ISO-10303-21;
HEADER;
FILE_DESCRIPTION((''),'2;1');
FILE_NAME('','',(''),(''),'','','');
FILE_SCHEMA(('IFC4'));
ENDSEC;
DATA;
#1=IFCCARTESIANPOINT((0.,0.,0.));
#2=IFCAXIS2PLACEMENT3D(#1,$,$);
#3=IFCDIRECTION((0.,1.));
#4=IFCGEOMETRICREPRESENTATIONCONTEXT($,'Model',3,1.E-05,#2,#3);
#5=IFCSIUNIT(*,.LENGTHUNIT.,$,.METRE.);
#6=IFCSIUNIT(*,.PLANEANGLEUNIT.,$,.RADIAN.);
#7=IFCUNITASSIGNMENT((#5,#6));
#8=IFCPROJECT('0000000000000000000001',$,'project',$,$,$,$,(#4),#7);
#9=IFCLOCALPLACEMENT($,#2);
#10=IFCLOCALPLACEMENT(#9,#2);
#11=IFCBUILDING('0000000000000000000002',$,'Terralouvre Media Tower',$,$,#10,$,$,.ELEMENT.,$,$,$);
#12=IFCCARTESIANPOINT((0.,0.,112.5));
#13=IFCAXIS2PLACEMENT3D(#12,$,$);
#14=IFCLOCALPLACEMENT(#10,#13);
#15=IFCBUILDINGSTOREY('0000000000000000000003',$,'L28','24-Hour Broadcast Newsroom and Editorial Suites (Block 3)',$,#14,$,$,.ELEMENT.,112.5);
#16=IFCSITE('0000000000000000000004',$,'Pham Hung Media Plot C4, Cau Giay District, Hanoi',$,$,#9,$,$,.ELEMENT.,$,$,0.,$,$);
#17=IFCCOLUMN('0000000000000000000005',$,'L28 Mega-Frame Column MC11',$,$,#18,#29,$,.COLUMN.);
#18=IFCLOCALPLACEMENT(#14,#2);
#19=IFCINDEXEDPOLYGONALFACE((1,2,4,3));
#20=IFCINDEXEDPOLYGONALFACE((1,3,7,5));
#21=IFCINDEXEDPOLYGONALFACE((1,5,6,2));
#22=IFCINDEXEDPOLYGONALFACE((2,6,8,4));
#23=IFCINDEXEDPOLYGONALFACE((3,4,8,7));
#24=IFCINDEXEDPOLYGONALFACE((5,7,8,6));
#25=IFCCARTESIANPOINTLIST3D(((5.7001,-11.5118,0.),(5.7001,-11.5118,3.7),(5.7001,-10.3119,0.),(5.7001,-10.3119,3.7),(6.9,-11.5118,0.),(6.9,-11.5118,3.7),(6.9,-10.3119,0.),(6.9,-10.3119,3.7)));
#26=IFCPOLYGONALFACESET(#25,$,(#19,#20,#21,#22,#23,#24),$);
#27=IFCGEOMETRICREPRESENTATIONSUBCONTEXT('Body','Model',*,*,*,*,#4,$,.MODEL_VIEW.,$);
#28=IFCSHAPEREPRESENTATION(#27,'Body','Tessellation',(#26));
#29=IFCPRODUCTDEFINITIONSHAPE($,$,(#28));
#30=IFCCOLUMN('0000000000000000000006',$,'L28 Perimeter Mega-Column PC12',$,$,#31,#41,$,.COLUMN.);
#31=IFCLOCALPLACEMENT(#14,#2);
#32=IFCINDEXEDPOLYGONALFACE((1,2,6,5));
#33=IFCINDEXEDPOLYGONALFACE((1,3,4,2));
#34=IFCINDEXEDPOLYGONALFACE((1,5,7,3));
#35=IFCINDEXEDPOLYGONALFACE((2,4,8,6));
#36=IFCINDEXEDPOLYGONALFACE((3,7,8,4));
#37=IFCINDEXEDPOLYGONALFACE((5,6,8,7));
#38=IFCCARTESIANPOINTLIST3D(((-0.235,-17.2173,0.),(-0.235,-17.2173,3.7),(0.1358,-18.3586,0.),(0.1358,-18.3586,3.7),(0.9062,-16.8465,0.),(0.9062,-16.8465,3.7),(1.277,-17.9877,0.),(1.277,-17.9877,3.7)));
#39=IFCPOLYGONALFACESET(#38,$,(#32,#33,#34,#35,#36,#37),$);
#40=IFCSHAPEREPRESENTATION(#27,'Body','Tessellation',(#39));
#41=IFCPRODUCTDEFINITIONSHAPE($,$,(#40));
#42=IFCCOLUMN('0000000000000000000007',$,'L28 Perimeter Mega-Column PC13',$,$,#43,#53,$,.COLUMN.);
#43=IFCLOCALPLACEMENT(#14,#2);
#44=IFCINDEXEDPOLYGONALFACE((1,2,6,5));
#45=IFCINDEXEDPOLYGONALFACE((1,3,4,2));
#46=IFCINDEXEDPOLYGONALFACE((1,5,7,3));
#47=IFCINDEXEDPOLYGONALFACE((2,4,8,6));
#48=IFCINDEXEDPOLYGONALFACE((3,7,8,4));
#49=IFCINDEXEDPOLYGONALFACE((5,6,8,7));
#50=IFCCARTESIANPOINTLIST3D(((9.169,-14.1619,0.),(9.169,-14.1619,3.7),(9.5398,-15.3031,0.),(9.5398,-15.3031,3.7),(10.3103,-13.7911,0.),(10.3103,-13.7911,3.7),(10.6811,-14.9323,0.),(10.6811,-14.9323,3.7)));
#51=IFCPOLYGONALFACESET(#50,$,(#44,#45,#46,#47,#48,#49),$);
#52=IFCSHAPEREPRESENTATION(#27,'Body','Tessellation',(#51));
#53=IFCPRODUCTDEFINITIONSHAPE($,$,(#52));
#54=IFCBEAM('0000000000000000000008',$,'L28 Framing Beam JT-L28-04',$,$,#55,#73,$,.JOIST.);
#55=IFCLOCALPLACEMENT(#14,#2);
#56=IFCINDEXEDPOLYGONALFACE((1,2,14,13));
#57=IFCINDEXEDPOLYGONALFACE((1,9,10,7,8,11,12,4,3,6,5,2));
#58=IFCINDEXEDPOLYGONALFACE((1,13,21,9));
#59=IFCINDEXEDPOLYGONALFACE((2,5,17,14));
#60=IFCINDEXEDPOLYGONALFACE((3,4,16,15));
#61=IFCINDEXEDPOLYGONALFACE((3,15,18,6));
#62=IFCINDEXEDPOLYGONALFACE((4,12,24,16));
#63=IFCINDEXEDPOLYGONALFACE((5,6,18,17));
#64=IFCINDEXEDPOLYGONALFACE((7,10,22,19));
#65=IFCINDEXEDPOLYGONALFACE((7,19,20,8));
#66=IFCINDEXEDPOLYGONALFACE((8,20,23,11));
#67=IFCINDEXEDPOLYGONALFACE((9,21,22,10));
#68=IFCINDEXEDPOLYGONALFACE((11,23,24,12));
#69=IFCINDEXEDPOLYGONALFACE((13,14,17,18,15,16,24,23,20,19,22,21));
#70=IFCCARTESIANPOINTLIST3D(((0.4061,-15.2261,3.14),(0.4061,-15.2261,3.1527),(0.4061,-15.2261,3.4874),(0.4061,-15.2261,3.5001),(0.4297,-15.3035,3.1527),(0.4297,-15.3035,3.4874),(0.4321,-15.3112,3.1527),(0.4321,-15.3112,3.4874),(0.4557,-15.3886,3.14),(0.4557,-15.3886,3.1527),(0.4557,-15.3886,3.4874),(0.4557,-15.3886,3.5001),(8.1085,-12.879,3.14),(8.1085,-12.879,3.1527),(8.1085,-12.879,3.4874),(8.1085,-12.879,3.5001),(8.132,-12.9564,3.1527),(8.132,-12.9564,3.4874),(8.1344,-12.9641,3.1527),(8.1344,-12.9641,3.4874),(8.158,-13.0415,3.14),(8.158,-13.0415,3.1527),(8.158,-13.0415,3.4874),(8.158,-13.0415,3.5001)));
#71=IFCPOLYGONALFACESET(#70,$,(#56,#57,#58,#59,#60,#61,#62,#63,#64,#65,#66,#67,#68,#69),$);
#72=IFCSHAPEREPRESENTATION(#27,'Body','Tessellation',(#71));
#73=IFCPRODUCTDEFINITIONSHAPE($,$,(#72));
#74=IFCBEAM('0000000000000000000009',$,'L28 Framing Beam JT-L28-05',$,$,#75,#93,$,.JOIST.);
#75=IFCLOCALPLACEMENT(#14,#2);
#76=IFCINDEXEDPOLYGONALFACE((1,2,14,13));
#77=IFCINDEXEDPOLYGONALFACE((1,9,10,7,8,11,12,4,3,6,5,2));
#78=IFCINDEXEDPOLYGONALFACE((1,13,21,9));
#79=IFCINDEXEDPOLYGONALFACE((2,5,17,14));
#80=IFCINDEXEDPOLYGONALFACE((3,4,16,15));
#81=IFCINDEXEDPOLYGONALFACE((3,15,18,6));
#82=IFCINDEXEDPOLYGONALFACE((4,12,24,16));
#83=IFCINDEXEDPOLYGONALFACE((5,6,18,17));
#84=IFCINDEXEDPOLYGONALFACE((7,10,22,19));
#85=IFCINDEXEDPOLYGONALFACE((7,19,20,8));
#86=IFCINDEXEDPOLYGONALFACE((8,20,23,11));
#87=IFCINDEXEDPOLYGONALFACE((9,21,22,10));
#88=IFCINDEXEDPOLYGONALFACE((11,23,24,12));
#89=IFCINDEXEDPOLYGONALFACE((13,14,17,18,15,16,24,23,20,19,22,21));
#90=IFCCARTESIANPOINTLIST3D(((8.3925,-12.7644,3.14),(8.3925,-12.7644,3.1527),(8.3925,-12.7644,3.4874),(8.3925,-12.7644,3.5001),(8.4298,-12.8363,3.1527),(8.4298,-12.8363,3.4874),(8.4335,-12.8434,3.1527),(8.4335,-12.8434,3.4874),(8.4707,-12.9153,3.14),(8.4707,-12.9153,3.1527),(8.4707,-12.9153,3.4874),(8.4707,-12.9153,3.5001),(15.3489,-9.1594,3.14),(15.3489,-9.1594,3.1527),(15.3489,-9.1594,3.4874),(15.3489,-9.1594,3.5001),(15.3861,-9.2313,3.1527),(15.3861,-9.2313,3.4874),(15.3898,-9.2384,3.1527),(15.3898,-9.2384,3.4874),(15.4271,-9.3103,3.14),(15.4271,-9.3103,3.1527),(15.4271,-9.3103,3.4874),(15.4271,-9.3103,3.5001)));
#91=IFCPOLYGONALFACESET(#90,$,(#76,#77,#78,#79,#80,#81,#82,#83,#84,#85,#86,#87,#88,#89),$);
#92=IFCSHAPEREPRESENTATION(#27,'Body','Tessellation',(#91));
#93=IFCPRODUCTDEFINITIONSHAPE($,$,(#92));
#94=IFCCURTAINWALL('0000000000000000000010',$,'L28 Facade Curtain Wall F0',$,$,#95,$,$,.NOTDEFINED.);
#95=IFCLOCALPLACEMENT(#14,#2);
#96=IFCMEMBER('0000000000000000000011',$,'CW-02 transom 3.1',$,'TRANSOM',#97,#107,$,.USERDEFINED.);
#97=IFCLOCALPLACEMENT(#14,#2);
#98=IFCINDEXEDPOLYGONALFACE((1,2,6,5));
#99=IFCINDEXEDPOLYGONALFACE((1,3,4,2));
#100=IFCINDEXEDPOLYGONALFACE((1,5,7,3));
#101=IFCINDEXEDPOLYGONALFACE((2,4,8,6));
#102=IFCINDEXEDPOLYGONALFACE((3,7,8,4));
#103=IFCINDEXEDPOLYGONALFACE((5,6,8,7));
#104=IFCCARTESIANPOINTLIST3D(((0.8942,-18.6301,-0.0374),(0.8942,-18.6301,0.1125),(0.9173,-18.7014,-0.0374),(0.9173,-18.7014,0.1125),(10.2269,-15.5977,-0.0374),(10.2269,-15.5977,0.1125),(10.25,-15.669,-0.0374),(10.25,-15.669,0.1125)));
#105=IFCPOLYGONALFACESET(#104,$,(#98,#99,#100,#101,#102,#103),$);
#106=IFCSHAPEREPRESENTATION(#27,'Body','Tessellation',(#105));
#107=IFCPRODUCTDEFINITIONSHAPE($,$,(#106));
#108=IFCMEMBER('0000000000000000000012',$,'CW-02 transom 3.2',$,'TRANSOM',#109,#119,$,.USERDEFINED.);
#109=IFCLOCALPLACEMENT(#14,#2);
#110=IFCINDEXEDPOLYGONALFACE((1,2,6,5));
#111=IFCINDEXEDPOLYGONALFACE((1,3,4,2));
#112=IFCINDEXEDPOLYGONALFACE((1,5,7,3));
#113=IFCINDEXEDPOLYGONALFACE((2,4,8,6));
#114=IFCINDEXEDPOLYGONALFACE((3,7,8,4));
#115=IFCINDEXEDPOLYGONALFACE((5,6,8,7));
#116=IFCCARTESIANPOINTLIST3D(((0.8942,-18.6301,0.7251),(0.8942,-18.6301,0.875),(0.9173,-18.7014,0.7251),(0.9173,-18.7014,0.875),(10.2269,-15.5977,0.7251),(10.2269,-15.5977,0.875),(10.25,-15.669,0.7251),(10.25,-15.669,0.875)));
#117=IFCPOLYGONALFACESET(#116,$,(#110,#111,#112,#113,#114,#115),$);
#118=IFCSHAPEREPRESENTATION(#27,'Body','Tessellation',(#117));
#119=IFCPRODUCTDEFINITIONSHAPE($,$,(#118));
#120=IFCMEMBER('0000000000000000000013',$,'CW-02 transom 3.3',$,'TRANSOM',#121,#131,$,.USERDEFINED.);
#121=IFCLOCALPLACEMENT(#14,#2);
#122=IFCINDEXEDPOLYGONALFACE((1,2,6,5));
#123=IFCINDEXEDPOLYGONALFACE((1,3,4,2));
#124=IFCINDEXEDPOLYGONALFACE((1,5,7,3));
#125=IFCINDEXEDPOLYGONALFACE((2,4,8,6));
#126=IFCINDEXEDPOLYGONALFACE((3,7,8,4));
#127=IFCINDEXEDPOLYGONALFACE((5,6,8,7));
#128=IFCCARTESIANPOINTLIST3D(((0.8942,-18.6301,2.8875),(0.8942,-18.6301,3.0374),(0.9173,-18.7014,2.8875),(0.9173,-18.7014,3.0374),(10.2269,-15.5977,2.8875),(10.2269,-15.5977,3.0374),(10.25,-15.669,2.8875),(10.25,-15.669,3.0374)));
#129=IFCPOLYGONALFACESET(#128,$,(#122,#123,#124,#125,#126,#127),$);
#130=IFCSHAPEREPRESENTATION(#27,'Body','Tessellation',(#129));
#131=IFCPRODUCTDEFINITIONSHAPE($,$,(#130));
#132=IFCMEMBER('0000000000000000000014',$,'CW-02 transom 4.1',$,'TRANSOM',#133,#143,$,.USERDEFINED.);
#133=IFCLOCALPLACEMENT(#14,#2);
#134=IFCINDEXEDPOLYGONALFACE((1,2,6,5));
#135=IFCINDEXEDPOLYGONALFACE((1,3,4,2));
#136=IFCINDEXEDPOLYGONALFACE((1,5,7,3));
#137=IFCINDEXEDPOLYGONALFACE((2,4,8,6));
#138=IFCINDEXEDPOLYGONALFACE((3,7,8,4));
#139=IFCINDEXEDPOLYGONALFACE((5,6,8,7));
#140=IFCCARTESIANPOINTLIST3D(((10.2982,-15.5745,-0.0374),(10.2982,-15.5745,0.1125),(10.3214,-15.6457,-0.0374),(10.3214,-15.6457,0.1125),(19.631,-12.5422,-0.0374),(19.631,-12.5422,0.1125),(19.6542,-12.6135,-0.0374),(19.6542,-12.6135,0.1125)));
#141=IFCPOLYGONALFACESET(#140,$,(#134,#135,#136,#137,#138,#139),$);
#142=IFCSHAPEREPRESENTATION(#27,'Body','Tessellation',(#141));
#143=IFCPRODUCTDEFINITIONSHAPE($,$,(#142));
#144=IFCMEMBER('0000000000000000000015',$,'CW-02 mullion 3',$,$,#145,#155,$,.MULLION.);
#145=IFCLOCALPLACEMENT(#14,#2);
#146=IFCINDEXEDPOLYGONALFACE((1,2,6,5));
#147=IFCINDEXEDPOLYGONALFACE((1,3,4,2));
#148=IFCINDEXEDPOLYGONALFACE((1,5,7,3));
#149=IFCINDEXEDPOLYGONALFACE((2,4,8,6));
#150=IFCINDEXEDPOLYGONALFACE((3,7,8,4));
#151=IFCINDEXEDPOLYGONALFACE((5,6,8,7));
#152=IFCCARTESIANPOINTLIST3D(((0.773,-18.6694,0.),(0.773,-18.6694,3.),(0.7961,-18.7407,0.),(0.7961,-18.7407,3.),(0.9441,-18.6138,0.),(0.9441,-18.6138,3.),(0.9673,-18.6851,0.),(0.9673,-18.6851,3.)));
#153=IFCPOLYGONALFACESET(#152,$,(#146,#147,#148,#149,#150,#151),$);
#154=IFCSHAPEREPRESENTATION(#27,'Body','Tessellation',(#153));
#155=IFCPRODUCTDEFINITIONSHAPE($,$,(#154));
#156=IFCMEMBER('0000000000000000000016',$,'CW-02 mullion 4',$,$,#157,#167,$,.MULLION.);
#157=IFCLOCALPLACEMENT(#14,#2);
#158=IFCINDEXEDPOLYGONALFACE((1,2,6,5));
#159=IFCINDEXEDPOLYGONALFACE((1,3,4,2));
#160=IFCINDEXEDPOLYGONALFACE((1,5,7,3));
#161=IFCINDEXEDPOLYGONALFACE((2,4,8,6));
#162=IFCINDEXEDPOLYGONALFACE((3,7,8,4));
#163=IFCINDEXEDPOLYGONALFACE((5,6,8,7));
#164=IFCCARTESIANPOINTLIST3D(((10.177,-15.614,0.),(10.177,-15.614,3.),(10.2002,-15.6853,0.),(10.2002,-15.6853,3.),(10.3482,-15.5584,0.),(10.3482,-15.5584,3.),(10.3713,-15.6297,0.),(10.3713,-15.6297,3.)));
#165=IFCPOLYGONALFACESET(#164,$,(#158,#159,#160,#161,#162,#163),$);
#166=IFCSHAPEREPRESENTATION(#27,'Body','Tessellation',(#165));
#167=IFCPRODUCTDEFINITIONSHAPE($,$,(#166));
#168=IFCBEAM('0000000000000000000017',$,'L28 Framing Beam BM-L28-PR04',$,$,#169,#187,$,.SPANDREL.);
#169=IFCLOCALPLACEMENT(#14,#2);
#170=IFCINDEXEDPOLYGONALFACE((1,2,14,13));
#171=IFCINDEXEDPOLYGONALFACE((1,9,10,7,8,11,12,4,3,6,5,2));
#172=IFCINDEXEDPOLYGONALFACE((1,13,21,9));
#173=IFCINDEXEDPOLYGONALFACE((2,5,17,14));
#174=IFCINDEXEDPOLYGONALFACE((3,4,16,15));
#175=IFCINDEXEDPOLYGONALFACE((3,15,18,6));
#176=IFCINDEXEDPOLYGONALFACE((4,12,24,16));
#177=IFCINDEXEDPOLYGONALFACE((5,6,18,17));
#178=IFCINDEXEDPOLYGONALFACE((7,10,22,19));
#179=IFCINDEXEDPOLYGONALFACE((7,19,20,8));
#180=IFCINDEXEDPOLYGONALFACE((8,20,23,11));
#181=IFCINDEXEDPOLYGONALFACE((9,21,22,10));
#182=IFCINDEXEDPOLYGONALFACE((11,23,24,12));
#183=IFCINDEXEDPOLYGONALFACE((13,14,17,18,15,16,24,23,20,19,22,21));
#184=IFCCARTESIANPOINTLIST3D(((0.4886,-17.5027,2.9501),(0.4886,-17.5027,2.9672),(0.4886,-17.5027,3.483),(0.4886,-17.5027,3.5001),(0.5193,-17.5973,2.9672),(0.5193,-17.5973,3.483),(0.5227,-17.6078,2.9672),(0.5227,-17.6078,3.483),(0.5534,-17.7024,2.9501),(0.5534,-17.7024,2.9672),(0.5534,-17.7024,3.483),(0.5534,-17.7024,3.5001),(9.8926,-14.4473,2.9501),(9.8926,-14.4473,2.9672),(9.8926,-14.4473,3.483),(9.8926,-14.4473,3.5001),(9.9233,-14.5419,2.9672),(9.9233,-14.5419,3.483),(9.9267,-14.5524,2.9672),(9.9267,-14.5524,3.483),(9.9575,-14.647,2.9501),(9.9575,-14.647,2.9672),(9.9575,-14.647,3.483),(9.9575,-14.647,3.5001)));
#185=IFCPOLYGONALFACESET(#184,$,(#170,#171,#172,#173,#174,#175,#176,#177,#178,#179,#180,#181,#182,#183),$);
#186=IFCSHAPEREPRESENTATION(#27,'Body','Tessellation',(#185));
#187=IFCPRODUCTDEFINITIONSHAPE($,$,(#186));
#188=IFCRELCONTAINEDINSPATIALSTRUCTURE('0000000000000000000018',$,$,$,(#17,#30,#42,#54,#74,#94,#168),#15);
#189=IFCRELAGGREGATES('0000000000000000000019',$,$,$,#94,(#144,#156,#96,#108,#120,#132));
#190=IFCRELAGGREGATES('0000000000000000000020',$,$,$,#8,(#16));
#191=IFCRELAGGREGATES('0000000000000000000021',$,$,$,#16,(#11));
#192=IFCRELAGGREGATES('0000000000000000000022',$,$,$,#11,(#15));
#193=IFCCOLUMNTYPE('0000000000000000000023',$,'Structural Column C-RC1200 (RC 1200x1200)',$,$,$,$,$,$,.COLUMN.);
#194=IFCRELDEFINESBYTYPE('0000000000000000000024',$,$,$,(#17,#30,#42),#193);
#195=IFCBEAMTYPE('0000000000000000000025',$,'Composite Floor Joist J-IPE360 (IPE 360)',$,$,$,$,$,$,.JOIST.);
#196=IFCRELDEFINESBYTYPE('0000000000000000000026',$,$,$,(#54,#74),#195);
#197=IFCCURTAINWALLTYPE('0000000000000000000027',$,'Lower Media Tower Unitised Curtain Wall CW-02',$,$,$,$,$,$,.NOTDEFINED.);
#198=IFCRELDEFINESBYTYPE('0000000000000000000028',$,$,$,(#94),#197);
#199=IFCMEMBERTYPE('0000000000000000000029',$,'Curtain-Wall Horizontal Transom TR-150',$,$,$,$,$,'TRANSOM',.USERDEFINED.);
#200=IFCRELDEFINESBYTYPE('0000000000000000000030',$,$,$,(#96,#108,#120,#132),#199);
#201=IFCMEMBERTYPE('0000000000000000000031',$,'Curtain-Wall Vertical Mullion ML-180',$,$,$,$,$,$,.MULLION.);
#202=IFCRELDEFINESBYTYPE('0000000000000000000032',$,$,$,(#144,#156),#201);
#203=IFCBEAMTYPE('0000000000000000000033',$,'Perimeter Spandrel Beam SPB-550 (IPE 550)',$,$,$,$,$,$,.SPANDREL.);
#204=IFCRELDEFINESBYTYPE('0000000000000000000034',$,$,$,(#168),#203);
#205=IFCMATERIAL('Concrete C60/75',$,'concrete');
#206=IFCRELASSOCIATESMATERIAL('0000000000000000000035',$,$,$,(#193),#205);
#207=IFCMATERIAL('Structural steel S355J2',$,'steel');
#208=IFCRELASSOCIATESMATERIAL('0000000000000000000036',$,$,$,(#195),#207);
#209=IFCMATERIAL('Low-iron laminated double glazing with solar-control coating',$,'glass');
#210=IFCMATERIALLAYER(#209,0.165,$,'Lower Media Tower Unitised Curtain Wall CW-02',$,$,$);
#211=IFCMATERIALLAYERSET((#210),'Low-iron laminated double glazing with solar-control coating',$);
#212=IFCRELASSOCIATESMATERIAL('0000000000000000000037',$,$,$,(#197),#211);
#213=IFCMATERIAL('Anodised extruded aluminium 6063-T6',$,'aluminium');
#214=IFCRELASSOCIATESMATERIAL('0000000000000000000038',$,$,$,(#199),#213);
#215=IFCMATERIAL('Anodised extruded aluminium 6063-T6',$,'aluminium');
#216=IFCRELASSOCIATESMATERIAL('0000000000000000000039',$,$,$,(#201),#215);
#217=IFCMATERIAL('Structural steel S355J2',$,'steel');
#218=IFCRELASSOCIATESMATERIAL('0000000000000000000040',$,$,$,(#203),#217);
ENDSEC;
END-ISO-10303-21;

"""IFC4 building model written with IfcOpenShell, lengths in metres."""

from ifc_helpers import new_model, si_unit, direction, frame, origin, origin_2d, place, context, subcontext, project, spatial, rectangle, i_section, extrude, material, layer, layer_set, material_profile, profile_set, type_object, element, aggregate, save


model = new_model("IFC4")

# Units and contexts
model_context = context("Model", 3, precision=1e-05, world=origin(), true_north=direction((0.0, 1.0)))
body_context = subcontext(model_context, "Body", "Model", "MODEL_VIEW")
ifc_project = project(units=[si_unit("LENGTHUNIT", "METRE"), si_unit("PLANEANGLEUNIT", "RADIAN")], contexts=[model_context])

# Site, building, storey
site_placement = place(None, origin())
site = spatial("IfcSite", under=ifc_project, at=site_placement, Name="Pham Hung Media Plot C4, Cau Giay District, Hanoi", CompositionType="ELEMENT", RefElevation=0.0)
building_placement = place(site_placement, origin())
building = spatial("IfcBuilding", under=site, at=building_placement, Name="Terralouvre Media Tower", CompositionType="ELEMENT")
storey_placement = place(building_placement, frame((0.0, 0.0, 112.5)))
storey = spatial("IfcBuildingStorey", under=building, at=storey_placement, Name="L28", Description="24-Hour Broadcast Newsroom and Editorial Suites (Block 3)", CompositionType="ELEMENT", Elevation=112.5)

# Columns
ifc_material_1 = material(Name="Concrete C60/75", Category="concrete")
ifc_material_profile_1 = material_profile(ifc_material_1, rectangle(XDim=1.2, YDim=1.2, at=origin_2d()), Name="RC 1200x1200")
ifc_profile_set_1 = profile_set([ifc_material_profile_1], Name="Concrete C60/75")
column_type = type_object("IfcColumnType", Name="Structural Column C-RC1200 (RC 1200x1200)", PredefinedType="COLUMN", material=ifc_profile_set_1)
for number, where, z_axis, x_axis, name in (
    (1, (6.3, -10.9119, 0.0), (0.0, 0.0, 1.0), (1.0, 0.0, 0.0), "L28 Mega-Frame Column MC11"),
    (2, (0.521, -17.6025, 0.0), (0.0, 0.0, 1.0), (0.951057, 0.309017, 0.0), "L28 Perimeter Mega-Column PC12"),
    (3, (9.925, -14.5471, 0.0), (0.0, 0.0, 1.0), (0.951057, 0.309017, 0.0), "L28 Perimeter Mega-Column PC13"),
):
    element("IfcColumn", number, at=place(storey_placement, frame(where, z_axis=z_axis, x_axis=x_axis)), inside=storey, type_object=column_type, Name=name, PredefinedType="COLUMN", context=body_context, shape_type="SweptSolid", body=[
        extrude(rectangle(XDim=1.2, YDim=1.2, at=origin_2d()), origin(), (0.0, 0.0, 1.0), 3.7),
    ])

# Beams
ifc_material_2 = material(Name="Structural steel S355J2", Category="steel")
ifc_material_profile_2 = material_profile(ifc_material_2, i_section(OverallWidth=0.1699, OverallDepth=0.3601, WebThickness=0.0081, FlangeThickness=0.0127, at=origin_2d()), Name="IPE 360")
ifc_profile_set_2 = profile_set([ifc_material_profile_2], Name="Structural steel S355J2")
beam_type_1 = type_object("IfcBeamType", Name="Composite Floor Joist J-IPE360 (IPE 360)", PredefinedType="JOIST", material=ifc_profile_set_2)
beam_1_placement = place(storey_placement, frame((0.4309, -15.3074, 3.3201), z_axis=(0.956571, 0.291498, 0.0), x_axis=(-0.291498, 0.956571, 0.0)))
element("IfcBeam", 4, at=beam_1_placement, inside=storey, type_object=beam_type_1, Name="L28 Framing Beam JT-L28-04", PredefinedType="JOIST", context=body_context, shape_type="SweptSolid", body=[
    extrude(i_section(OverallWidth=0.1699, OverallDepth=0.3601, WebThickness=0.0081, FlangeThickness=0.0127, at=origin_2d()), origin(), (0.0, 0.0, 1.0), 8.052),
])
beam_2_placement = place(storey_placement, frame((8.4316, -12.8398, 3.3201), z_axis=(0.887858, 0.460117, 0.0), x_axis=(-0.460117, 0.887858, 0.0)))
element("IfcBeam", 5, at=beam_2_placement, inside=storey, type_object=beam_type_1, Name="L28 Framing Beam JT-L28-05", PredefinedType="JOIST", context=body_context, shape_type="SweptSolid", body=[
    extrude(i_section(OverallWidth=0.1699, OverallDepth=0.3601, WebThickness=0.0081, FlangeThickness=0.0127, at=origin_2d()), origin(), (0.0, 0.0, 1.0), 7.835),
])

# Curtain wall, members
ifc_material_3 = material(Name="Low-iron laminated double glazing with solar-control coating", Category="glass")
ifc_layer_1 = layer(ifc_material_3, 0.165, Name="Lower Media Tower Unitised Curtain Wall CW-02")
ifc_layer_set_1 = layer_set([ifc_layer_1], Name="Low-iron laminated double glazing with solar-control coating")
curtain_wall_type = type_object("IfcCurtainWallType", Name="Lower Media Tower Unitised Curtain Wall CW-02", PredefinedType="NOTDEFINED", material=ifc_layer_set_1)
curtain_wall_placement = place(storey_placement, origin())
curtain_wall = element("IfcCurtainWall", 6, at=curtain_wall_placement, inside=storey, type_object=curtain_wall_type, Name="L28 Facade Curtain Wall F0", PredefinedType="NOTDEFINED")
ifc_material_4 = material(Name="Anodised extruded aluminium 6063-T6", Category="aluminium")
ifc_material_profile_3 = material_profile(ifc_material_4, rectangle(XDim=0.075, YDim=0.1499, at=origin_2d()), Name="ALU 75x150")
ifc_profile_set_3 = profile_set([ifc_material_profile_3], Name="Anodised extruded aluminium 6063-T6")
member_type_1 = type_object("IfcMemberType", Name="Curtain-Wall Horizontal Transom TR-150", ElementType="TRANSOM", PredefinedType="USERDEFINED", material=ifc_profile_set_3)
member_1_placement = place(storey_placement, frame((0.9058, -18.6658, 0.0376), z_axis=(0.951054, 0.309024, 0.0), x_axis=(-0.309024, 0.951054, 0.0)))
member_1 = element("IfcMember", 7, at=member_1_placement, type_object=member_type_1, Name="CW-02 transom 3.1", ObjectType="TRANSOM", PredefinedType="USERDEFINED", context=body_context, shape_type="SweptSolid", body=[
    extrude(rectangle(XDim=0.075, YDim=0.1499, at=origin_2d()), origin(), (0.0, 0.0, 1.0), 9.813),
])
member_2_placement = place(storey_placement, frame((0.9058, -18.6658, 0.8), z_axis=(0.951054, 0.309024, 0.0), x_axis=(-0.309024, 0.951054, 0.0)))
member_2 = element("IfcMember", 8, at=member_2_placement, type_object=member_type_1, Name="CW-02 transom 3.2", ObjectType="TRANSOM", PredefinedType="USERDEFINED", context=body_context, shape_type="SweptSolid", body=[
    extrude(rectangle(XDim=0.075, YDim=0.1499, at=origin_2d()), origin(), (0.0, 0.0, 1.0), 9.813),
])
member_3_placement = place(storey_placement, frame((0.9058, -18.6658, 2.9624), z_axis=(0.951054, 0.309024, 0.0), x_axis=(-0.309024, 0.951054, 0.0)))
member_3 = element("IfcMember", 9, at=member_3_placement, type_object=member_type_1, Name="CW-02 transom 3.3", ObjectType="TRANSOM", PredefinedType="USERDEFINED", context=body_context, shape_type="SweptSolid", body=[
    extrude(rectangle(XDim=0.075, YDim=0.1499, at=origin_2d()), origin(), (0.0, 0.0, 1.0), 9.813),
])
member_4_placement = place(storey_placement, frame((10.3098, -15.6101, 0.0376), z_axis=(0.951062, 0.309001, 0.0), x_axis=(-0.309001, 0.951062, 0.0)))
member_4 = element("IfcMember", 10, at=member_4_placement, type_object=member_type_1, Name="CW-02 transom 4.1", ObjectType="TRANSOM", PredefinedType="USERDEFINED", context=body_context, shape_type="SweptSolid", body=[
    extrude(rectangle(XDim=0.075, YDim=0.1499, at=origin_2d()), origin(), (0.0, 0.0, 1.0), 9.813),
])
ifc_material_5 = material(Name="Anodised extruded aluminium 6063-T6", Category="aluminium")
ifc_material_profile_4 = material_profile(ifc_material_5, rectangle(XDim=0.075, YDim=0.1799, at=origin_2d()), Name="ALU 75x180")
ifc_profile_set_4 = profile_set([ifc_material_profile_4], Name="Anodised extruded aluminium 6063-T6")
member_type_2 = type_object("IfcMemberType", Name="Curtain-Wall Vertical Mullion ML-180", PredefinedType="MULLION", material=ifc_profile_set_4)
member_5_placement = place(storey_placement, frame((0.8701, -18.6772, 0.0), z_axis=(0.0, 0.0, 1.0), x_axis=(-0.309017, 0.951057, 0.0)))
member_5 = element("IfcMember", 11, at=member_5_placement, type_object=member_type_2, Name="CW-02 mullion 3", PredefinedType="MULLION", context=body_context, shape_type="SweptSolid", body=[
    extrude(rectangle(XDim=0.075, YDim=0.1799, at=origin_2d()), origin(), (0.0, 0.0, 1.0), 3.0),
])
member_6_placement = place(storey_placement, frame((10.2742, -15.6218, 0.0), z_axis=(0.0, 0.0, 1.0), x_axis=(-0.309017, 0.951057, 0.0)))
member_6 = element("IfcMember", 12, at=member_6_placement, type_object=member_type_2, Name="CW-02 mullion 4", PredefinedType="MULLION", context=body_context, shape_type="SweptSolid", body=[
    extrude(rectangle(XDim=0.075, YDim=0.1799, at=origin_2d()), origin(), (0.0, 0.0, 1.0), 3.0),
])

# Beam
ifc_material_6 = material(Name="Structural steel S355J2", Category="steel")
ifc_material_profile_5 = material_profile(ifc_material_6, i_section(OverallWidth=0.21, OverallDepth=0.55, WebThickness=0.011, FlangeThickness=0.0171, at=origin_2d()), Name="IPE 550")
ifc_profile_set_5 = profile_set([ifc_material_profile_5], Name="Structural steel S355J2")
beam_type_2 = type_object("IfcBeamType", Name="Perimeter Spandrel Beam SPB-550 (IPE 550)", PredefinedType="SPANDREL", material=ifc_profile_set_5)
for number, where, z_axis, x_axis, name in (
    (13, (0.521, -17.6025, 3.2251), (0.951061, 0.309004, 0.0), (-0.309004, 0.951061, 0.0), "L28 Framing Beam BM-L28-PR04"),
):
    element("IfcBeam", number, at=place(storey_placement, frame(where, z_axis=z_axis, x_axis=x_axis)), inside=storey, type_object=beam_type_2, Name=name, PredefinedType="SPANDREL", context=body_context, shape_type="SweptSolid", body=[
        extrude(i_section(OverallWidth=0.21, OverallDepth=0.55, WebThickness=0.011, FlangeThickness=0.0171, at=origin_2d()), origin(), (0.0, 0.0, 1.0), 9.8879),
    ])

aggregate(curtain_wall, [member_5, member_6, member_1, member_2, member_3, member_4])

save(model, "model.ifc")
